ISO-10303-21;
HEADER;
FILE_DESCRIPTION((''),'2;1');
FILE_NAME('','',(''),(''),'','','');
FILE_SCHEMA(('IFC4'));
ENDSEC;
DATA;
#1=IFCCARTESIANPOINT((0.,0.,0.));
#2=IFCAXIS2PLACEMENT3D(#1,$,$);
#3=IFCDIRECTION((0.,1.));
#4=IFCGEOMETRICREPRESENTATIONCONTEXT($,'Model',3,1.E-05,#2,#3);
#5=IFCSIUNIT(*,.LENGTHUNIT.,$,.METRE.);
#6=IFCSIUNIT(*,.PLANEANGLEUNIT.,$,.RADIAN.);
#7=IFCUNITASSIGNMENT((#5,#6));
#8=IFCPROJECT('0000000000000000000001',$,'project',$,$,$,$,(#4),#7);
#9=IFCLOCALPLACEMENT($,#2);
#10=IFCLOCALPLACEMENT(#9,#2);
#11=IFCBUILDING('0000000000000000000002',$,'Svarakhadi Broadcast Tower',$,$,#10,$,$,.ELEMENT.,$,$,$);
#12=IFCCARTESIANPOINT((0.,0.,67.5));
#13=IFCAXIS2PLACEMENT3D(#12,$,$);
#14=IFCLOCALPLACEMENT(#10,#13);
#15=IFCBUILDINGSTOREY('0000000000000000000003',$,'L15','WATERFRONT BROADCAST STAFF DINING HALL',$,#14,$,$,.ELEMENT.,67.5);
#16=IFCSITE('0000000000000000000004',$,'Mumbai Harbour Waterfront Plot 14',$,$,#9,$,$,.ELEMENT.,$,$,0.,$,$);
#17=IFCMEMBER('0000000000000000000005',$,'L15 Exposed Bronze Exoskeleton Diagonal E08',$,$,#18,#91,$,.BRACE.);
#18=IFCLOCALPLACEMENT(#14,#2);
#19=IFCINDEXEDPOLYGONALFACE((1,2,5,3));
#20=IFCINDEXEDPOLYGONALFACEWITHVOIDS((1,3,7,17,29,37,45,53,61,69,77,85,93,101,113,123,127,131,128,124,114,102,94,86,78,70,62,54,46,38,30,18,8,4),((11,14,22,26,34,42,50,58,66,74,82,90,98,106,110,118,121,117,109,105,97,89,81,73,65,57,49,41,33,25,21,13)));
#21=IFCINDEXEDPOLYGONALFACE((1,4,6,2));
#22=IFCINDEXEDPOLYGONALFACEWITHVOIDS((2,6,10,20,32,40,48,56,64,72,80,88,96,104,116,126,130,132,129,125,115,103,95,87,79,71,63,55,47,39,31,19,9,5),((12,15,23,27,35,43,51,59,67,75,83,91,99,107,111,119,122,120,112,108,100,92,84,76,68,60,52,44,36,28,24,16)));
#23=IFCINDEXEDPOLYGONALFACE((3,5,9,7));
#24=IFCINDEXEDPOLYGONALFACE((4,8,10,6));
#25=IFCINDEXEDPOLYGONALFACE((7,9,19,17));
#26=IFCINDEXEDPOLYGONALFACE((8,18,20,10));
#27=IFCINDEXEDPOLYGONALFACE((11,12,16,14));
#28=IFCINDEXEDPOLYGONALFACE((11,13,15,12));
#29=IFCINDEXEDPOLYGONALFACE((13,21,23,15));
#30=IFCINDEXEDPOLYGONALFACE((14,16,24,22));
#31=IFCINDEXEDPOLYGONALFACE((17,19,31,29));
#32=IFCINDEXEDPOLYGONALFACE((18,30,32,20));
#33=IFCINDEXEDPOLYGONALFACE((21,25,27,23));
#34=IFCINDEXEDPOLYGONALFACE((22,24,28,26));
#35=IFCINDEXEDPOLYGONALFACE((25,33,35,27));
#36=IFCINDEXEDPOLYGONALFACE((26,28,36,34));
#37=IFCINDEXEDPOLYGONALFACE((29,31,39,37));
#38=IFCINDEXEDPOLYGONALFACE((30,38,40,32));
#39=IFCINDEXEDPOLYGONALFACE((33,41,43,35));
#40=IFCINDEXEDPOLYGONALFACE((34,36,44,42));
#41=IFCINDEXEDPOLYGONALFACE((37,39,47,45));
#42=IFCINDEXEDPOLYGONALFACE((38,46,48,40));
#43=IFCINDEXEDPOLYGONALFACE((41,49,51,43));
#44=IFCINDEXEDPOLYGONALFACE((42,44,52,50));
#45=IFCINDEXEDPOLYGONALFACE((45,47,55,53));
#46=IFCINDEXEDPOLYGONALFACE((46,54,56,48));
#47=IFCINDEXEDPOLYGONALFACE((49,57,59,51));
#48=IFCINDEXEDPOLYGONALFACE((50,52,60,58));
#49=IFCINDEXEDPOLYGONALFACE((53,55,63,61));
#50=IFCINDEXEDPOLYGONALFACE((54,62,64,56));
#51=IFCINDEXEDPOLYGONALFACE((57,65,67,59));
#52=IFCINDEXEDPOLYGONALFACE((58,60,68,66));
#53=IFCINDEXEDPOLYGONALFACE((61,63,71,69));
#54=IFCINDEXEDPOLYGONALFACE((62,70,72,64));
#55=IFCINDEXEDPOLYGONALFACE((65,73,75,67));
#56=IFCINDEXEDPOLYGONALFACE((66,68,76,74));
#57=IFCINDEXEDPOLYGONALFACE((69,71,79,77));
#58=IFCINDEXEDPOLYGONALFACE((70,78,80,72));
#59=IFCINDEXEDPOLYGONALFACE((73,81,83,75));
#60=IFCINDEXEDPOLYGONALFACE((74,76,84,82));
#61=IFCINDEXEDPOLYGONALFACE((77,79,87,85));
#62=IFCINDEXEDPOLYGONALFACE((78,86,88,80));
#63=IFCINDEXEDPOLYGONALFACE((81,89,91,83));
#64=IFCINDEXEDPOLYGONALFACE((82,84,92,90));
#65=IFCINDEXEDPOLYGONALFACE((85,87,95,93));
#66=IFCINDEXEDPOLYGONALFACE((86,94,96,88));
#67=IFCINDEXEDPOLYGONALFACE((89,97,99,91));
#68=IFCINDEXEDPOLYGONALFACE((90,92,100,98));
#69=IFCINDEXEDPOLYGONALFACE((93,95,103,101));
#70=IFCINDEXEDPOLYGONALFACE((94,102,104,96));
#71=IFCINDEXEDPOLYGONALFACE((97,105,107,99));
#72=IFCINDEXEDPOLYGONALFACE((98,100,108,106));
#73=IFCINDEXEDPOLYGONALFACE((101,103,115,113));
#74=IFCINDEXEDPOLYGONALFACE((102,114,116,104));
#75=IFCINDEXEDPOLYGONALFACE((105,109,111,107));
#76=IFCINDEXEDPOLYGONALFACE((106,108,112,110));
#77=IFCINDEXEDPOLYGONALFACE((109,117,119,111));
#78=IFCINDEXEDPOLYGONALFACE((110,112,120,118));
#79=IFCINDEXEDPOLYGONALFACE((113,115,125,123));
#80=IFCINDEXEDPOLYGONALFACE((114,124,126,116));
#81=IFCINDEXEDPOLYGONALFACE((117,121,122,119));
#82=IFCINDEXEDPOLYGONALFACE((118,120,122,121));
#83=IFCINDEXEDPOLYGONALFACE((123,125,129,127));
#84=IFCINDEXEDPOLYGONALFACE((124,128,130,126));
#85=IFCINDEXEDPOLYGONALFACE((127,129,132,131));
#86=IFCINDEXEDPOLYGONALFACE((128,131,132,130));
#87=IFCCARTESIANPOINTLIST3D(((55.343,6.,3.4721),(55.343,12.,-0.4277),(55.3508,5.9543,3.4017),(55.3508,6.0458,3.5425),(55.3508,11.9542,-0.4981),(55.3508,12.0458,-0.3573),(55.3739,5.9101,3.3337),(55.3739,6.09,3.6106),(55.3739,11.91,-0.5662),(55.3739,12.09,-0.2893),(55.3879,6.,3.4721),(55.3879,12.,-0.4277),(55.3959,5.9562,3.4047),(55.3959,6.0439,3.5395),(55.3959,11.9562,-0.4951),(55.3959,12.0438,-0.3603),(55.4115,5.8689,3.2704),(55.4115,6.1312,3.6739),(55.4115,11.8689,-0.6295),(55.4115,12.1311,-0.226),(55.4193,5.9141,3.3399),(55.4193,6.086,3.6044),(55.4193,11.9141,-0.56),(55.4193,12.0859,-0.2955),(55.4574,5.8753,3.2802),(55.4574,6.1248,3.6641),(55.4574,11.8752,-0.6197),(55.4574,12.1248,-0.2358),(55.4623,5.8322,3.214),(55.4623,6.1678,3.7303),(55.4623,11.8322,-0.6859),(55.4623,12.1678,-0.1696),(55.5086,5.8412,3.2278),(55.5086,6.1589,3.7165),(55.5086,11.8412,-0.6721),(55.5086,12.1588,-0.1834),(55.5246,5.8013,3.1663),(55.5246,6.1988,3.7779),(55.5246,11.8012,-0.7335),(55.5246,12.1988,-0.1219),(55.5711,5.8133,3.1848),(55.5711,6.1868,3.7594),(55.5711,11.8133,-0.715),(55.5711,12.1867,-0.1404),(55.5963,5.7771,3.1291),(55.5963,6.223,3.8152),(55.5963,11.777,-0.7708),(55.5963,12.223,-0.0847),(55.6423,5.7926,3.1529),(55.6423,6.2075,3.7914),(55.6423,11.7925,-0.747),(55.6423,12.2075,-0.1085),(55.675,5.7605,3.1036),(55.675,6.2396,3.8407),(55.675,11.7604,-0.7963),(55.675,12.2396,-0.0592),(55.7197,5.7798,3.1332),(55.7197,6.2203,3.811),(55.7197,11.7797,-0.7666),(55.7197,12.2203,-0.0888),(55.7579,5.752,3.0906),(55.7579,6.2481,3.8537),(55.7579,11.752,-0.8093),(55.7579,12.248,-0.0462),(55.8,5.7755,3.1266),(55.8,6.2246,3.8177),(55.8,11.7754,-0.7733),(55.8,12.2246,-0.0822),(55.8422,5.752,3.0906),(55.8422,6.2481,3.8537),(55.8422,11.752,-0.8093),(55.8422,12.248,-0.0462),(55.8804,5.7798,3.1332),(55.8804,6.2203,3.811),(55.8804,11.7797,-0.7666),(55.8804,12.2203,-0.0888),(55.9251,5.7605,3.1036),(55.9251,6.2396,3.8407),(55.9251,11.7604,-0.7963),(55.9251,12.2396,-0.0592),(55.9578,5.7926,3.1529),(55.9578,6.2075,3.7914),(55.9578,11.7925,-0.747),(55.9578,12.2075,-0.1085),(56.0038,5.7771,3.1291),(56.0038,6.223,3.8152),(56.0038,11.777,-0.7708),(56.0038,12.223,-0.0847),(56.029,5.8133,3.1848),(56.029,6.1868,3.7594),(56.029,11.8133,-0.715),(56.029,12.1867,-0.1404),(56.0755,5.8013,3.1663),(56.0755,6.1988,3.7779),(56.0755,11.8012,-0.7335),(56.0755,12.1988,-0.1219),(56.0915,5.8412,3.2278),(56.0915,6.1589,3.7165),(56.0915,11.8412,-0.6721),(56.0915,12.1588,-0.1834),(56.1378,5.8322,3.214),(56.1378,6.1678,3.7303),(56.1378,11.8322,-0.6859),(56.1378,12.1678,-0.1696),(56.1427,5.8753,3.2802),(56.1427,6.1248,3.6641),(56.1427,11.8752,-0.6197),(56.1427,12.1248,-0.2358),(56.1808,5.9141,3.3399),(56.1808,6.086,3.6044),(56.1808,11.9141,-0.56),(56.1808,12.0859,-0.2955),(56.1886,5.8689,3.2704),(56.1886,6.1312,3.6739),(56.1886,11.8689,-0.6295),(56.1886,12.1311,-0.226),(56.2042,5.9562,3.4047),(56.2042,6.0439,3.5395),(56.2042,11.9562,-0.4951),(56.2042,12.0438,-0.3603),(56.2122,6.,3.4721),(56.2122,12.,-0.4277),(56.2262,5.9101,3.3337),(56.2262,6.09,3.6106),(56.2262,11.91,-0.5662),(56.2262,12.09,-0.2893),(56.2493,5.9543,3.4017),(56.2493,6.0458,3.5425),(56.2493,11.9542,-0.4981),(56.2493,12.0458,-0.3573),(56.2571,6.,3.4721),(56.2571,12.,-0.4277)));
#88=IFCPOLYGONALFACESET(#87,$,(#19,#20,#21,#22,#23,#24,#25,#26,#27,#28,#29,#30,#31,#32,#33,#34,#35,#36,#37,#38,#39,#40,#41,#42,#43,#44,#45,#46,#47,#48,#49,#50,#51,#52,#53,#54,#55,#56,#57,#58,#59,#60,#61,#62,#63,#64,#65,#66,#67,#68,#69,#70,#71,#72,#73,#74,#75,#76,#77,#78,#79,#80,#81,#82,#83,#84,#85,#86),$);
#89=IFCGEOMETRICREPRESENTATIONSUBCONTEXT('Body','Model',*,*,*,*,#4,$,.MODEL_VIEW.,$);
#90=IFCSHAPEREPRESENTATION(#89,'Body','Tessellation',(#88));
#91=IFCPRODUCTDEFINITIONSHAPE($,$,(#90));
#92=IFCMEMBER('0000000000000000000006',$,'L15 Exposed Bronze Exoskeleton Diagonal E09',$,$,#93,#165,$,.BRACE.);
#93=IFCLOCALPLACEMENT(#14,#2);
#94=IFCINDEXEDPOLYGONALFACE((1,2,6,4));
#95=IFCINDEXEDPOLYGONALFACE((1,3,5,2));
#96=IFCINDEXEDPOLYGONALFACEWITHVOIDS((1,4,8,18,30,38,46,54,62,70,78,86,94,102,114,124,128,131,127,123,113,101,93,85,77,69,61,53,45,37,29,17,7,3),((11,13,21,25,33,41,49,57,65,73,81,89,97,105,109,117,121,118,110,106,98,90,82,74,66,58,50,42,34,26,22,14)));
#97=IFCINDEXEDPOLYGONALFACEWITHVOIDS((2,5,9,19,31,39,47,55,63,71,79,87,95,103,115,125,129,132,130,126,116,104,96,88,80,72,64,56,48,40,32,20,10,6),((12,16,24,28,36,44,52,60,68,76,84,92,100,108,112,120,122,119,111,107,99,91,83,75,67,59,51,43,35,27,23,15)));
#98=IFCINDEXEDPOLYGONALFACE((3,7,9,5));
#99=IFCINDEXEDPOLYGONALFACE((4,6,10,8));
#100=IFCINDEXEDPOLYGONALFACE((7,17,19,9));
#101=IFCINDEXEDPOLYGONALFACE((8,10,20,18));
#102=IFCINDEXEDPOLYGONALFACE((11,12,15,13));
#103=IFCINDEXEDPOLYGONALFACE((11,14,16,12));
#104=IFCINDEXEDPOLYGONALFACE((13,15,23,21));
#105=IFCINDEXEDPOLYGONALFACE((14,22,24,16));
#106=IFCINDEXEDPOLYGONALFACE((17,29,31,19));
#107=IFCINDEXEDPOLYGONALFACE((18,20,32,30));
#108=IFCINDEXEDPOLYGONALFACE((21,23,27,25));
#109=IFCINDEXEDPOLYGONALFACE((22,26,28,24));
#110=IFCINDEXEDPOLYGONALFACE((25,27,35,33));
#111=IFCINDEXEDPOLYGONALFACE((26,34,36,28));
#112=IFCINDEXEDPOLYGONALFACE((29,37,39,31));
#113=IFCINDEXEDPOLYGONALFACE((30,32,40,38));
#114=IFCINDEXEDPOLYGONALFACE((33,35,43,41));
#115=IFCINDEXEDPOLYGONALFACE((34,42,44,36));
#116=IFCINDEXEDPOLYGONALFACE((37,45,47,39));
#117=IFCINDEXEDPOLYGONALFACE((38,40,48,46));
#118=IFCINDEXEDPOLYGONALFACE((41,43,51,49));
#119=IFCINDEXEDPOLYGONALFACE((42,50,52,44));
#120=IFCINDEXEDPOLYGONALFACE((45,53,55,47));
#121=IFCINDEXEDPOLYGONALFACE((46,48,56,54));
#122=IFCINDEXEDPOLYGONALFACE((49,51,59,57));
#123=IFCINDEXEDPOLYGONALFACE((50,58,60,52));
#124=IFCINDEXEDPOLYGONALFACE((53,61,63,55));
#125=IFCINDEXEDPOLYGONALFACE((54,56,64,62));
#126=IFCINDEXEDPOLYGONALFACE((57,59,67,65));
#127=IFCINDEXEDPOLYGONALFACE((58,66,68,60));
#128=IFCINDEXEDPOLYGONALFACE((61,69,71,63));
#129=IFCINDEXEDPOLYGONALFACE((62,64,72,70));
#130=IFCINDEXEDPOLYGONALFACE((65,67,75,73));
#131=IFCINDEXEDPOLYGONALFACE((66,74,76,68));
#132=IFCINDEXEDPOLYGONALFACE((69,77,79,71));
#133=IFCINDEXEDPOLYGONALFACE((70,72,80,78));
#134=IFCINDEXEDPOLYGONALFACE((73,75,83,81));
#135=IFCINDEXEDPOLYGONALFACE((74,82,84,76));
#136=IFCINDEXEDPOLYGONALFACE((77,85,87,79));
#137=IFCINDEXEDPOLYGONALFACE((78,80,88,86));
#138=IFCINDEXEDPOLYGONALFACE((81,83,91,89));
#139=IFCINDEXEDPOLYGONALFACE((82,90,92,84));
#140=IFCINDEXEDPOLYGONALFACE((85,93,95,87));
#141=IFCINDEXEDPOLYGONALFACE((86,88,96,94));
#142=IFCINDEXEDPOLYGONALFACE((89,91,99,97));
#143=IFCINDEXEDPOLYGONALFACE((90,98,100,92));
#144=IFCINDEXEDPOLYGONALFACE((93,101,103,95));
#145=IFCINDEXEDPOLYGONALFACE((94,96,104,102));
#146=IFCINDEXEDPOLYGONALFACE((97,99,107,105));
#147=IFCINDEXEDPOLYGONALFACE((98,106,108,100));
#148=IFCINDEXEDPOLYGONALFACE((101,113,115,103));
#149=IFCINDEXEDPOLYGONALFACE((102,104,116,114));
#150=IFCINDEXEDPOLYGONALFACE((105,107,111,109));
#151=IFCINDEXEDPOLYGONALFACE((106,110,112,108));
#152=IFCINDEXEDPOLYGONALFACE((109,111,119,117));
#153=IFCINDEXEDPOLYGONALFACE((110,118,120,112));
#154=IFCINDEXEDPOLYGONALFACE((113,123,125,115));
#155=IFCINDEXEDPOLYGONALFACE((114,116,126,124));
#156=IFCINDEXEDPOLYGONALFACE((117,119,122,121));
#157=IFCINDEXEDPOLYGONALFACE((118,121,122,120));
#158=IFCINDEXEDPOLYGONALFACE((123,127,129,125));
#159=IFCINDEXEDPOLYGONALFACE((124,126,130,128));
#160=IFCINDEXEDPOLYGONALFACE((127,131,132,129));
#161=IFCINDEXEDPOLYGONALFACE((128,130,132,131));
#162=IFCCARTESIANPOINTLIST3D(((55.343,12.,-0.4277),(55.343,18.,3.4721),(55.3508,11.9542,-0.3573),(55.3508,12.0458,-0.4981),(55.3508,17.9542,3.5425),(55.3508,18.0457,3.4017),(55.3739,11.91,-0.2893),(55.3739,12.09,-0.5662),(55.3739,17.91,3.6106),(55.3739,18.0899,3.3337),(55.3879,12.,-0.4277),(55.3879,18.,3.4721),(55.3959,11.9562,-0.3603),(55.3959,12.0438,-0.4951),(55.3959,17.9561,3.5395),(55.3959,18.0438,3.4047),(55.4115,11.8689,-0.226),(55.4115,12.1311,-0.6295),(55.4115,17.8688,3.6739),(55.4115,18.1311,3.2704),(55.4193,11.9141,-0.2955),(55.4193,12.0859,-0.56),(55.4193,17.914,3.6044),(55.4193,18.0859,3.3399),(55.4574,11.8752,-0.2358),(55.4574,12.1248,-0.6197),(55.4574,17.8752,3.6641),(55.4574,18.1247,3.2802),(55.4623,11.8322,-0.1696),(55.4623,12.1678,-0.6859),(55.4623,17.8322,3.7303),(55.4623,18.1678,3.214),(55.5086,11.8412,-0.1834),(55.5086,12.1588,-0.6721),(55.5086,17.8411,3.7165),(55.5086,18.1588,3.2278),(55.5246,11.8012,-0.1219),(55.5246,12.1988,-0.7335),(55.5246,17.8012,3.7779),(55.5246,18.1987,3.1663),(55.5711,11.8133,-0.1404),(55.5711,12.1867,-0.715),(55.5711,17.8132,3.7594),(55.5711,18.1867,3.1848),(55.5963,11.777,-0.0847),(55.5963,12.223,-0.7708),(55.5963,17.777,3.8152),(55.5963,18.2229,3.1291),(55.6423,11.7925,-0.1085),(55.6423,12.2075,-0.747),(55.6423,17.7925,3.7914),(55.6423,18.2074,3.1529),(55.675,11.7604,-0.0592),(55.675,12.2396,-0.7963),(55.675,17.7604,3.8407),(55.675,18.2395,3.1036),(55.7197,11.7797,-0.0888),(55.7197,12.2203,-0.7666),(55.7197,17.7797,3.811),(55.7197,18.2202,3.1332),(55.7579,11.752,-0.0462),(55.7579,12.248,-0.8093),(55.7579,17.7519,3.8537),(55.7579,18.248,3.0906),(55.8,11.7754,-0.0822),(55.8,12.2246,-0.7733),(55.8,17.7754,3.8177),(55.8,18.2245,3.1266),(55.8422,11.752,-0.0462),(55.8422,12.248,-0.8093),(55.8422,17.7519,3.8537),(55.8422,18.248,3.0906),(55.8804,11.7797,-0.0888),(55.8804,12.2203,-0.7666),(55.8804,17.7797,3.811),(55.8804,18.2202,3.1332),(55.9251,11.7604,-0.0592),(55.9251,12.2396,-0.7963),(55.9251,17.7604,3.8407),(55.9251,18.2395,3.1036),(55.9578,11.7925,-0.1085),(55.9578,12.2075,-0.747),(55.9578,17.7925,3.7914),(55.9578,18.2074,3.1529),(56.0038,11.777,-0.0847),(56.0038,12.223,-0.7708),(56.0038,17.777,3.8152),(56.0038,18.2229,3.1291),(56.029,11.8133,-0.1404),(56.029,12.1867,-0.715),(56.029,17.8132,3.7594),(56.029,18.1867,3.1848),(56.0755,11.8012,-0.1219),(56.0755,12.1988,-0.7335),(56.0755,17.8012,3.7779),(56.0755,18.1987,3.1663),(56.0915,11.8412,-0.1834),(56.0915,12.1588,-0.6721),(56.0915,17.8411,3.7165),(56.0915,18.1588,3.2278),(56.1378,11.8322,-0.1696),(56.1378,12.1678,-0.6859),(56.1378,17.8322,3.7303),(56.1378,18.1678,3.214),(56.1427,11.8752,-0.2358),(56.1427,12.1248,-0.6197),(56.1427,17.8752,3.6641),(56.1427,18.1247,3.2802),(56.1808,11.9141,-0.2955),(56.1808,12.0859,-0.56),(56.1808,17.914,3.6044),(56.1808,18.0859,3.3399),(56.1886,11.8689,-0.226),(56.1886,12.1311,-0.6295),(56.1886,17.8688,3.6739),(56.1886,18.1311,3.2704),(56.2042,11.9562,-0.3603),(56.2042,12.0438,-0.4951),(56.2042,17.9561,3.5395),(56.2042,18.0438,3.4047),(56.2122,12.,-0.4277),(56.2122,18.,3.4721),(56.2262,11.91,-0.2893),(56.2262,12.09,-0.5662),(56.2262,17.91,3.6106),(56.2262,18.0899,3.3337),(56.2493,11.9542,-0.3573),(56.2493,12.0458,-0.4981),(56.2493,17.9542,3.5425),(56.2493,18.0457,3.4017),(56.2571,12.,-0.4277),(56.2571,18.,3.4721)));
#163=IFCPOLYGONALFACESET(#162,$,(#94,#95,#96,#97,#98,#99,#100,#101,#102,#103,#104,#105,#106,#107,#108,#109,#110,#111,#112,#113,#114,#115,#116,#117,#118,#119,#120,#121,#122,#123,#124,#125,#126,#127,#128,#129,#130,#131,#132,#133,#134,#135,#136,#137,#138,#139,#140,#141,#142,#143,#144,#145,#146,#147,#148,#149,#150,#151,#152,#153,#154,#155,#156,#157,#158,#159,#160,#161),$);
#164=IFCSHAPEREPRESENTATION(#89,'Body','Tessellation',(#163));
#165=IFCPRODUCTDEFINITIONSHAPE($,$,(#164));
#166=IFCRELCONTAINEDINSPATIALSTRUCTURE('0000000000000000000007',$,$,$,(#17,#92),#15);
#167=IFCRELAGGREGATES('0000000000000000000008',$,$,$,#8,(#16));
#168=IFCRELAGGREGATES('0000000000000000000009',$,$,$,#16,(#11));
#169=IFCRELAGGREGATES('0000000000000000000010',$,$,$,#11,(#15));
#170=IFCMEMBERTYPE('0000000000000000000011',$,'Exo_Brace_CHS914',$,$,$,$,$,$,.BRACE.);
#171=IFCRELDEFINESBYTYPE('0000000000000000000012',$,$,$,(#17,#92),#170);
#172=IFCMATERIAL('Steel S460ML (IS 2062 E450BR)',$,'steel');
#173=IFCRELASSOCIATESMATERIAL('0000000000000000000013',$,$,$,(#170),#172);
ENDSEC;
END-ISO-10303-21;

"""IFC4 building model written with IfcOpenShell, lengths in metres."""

from ifc_helpers import new_model, si_unit, direction, frame, origin, origin_2d, place, context, subcontext, project, spatial, hollow_circle, extrude, material, material_profile, profile_set, type_object, element, save


model = new_model("IFC4")

# Units and contexts
model_context = context("Model", 3, precision=1e-05, world=origin(), true_north=direction((0.0, 1.0)))
body_context = subcontext(model_context, "Body", "Model", "MODEL_VIEW")
ifc_project = project(units=[si_unit("LENGTHUNIT", "METRE"), si_unit("PLANEANGLEUNIT", "RADIAN")], contexts=[model_context])

# Site, building, storey
site_placement = place(None, origin())
site = spatial("IfcSite", under=ifc_project, at=site_placement, Name="Mumbai Harbour Waterfront Plot 14", CompositionType="ELEMENT", RefElevation=0.0)
building_placement = place(site_placement, origin())
building = spatial("IfcBuilding", under=site, at=building_placement, Name="Svarakhadi Broadcast Tower", CompositionType="ELEMENT")
storey_placement = place(building_placement, frame((0.0, 0.0, 67.5)))
storey = spatial("IfcBuildingStorey", under=building, at=storey_placement, Name="L15", Description="WATERFRONT BROADCAST STAFF DINING HALL", CompositionType="ELEMENT", Elevation=67.5)

# Members
ifc_material_1 = material(Name="Steel S460ML (IS 2062 E450BR)", Category="steel")
ifc_material_profile_1 = material_profile(ifc_material_1, hollow_circle(Radius=0.457, WallThickness=0.0449, at=origin_2d()), Name="CHS 914x45")
ifc_profile_set_1 = profile_set([ifc_material_profile_1], Name="Steel S460ML (IS 2062 E450BR)")
member_type_1 = type_object("IfcMemberType", Name="Exo_Brace_CHS914", PredefinedType="BRACE", material=ifc_profile_set_1)
for number, where, z_axis, x_axis, name in (
    (1, (55.8, 12.0, -0.4277), (0.0, -0.83845, 0.544979), (1.0, 0.0, 0.0), "L15 Exposed Bronze Exoskeleton Diagonal E08"),
    (2, (55.8, 12.0, -0.4277), (0.0, 0.83845, 0.544979), (-1.0, 0.0, 0.0), "L15 Exposed Bronze Exoskeleton Diagonal E09"),
):
    element("IfcMember", number, at=place(storey_placement, frame(where, z_axis=z_axis, x_axis=x_axis)), inside=storey, type_object=member_type_1, Name=name, PredefinedType="BRACE", context=body_context, shape_type="SweptSolid", body=[
        extrude(hollow_circle(Radius=0.457, WallThickness=0.0449, at=origin_2d()), origin(), (0.0, 0.0, 1.0), 7.156),
    ])

save(model, "model.ifc")
